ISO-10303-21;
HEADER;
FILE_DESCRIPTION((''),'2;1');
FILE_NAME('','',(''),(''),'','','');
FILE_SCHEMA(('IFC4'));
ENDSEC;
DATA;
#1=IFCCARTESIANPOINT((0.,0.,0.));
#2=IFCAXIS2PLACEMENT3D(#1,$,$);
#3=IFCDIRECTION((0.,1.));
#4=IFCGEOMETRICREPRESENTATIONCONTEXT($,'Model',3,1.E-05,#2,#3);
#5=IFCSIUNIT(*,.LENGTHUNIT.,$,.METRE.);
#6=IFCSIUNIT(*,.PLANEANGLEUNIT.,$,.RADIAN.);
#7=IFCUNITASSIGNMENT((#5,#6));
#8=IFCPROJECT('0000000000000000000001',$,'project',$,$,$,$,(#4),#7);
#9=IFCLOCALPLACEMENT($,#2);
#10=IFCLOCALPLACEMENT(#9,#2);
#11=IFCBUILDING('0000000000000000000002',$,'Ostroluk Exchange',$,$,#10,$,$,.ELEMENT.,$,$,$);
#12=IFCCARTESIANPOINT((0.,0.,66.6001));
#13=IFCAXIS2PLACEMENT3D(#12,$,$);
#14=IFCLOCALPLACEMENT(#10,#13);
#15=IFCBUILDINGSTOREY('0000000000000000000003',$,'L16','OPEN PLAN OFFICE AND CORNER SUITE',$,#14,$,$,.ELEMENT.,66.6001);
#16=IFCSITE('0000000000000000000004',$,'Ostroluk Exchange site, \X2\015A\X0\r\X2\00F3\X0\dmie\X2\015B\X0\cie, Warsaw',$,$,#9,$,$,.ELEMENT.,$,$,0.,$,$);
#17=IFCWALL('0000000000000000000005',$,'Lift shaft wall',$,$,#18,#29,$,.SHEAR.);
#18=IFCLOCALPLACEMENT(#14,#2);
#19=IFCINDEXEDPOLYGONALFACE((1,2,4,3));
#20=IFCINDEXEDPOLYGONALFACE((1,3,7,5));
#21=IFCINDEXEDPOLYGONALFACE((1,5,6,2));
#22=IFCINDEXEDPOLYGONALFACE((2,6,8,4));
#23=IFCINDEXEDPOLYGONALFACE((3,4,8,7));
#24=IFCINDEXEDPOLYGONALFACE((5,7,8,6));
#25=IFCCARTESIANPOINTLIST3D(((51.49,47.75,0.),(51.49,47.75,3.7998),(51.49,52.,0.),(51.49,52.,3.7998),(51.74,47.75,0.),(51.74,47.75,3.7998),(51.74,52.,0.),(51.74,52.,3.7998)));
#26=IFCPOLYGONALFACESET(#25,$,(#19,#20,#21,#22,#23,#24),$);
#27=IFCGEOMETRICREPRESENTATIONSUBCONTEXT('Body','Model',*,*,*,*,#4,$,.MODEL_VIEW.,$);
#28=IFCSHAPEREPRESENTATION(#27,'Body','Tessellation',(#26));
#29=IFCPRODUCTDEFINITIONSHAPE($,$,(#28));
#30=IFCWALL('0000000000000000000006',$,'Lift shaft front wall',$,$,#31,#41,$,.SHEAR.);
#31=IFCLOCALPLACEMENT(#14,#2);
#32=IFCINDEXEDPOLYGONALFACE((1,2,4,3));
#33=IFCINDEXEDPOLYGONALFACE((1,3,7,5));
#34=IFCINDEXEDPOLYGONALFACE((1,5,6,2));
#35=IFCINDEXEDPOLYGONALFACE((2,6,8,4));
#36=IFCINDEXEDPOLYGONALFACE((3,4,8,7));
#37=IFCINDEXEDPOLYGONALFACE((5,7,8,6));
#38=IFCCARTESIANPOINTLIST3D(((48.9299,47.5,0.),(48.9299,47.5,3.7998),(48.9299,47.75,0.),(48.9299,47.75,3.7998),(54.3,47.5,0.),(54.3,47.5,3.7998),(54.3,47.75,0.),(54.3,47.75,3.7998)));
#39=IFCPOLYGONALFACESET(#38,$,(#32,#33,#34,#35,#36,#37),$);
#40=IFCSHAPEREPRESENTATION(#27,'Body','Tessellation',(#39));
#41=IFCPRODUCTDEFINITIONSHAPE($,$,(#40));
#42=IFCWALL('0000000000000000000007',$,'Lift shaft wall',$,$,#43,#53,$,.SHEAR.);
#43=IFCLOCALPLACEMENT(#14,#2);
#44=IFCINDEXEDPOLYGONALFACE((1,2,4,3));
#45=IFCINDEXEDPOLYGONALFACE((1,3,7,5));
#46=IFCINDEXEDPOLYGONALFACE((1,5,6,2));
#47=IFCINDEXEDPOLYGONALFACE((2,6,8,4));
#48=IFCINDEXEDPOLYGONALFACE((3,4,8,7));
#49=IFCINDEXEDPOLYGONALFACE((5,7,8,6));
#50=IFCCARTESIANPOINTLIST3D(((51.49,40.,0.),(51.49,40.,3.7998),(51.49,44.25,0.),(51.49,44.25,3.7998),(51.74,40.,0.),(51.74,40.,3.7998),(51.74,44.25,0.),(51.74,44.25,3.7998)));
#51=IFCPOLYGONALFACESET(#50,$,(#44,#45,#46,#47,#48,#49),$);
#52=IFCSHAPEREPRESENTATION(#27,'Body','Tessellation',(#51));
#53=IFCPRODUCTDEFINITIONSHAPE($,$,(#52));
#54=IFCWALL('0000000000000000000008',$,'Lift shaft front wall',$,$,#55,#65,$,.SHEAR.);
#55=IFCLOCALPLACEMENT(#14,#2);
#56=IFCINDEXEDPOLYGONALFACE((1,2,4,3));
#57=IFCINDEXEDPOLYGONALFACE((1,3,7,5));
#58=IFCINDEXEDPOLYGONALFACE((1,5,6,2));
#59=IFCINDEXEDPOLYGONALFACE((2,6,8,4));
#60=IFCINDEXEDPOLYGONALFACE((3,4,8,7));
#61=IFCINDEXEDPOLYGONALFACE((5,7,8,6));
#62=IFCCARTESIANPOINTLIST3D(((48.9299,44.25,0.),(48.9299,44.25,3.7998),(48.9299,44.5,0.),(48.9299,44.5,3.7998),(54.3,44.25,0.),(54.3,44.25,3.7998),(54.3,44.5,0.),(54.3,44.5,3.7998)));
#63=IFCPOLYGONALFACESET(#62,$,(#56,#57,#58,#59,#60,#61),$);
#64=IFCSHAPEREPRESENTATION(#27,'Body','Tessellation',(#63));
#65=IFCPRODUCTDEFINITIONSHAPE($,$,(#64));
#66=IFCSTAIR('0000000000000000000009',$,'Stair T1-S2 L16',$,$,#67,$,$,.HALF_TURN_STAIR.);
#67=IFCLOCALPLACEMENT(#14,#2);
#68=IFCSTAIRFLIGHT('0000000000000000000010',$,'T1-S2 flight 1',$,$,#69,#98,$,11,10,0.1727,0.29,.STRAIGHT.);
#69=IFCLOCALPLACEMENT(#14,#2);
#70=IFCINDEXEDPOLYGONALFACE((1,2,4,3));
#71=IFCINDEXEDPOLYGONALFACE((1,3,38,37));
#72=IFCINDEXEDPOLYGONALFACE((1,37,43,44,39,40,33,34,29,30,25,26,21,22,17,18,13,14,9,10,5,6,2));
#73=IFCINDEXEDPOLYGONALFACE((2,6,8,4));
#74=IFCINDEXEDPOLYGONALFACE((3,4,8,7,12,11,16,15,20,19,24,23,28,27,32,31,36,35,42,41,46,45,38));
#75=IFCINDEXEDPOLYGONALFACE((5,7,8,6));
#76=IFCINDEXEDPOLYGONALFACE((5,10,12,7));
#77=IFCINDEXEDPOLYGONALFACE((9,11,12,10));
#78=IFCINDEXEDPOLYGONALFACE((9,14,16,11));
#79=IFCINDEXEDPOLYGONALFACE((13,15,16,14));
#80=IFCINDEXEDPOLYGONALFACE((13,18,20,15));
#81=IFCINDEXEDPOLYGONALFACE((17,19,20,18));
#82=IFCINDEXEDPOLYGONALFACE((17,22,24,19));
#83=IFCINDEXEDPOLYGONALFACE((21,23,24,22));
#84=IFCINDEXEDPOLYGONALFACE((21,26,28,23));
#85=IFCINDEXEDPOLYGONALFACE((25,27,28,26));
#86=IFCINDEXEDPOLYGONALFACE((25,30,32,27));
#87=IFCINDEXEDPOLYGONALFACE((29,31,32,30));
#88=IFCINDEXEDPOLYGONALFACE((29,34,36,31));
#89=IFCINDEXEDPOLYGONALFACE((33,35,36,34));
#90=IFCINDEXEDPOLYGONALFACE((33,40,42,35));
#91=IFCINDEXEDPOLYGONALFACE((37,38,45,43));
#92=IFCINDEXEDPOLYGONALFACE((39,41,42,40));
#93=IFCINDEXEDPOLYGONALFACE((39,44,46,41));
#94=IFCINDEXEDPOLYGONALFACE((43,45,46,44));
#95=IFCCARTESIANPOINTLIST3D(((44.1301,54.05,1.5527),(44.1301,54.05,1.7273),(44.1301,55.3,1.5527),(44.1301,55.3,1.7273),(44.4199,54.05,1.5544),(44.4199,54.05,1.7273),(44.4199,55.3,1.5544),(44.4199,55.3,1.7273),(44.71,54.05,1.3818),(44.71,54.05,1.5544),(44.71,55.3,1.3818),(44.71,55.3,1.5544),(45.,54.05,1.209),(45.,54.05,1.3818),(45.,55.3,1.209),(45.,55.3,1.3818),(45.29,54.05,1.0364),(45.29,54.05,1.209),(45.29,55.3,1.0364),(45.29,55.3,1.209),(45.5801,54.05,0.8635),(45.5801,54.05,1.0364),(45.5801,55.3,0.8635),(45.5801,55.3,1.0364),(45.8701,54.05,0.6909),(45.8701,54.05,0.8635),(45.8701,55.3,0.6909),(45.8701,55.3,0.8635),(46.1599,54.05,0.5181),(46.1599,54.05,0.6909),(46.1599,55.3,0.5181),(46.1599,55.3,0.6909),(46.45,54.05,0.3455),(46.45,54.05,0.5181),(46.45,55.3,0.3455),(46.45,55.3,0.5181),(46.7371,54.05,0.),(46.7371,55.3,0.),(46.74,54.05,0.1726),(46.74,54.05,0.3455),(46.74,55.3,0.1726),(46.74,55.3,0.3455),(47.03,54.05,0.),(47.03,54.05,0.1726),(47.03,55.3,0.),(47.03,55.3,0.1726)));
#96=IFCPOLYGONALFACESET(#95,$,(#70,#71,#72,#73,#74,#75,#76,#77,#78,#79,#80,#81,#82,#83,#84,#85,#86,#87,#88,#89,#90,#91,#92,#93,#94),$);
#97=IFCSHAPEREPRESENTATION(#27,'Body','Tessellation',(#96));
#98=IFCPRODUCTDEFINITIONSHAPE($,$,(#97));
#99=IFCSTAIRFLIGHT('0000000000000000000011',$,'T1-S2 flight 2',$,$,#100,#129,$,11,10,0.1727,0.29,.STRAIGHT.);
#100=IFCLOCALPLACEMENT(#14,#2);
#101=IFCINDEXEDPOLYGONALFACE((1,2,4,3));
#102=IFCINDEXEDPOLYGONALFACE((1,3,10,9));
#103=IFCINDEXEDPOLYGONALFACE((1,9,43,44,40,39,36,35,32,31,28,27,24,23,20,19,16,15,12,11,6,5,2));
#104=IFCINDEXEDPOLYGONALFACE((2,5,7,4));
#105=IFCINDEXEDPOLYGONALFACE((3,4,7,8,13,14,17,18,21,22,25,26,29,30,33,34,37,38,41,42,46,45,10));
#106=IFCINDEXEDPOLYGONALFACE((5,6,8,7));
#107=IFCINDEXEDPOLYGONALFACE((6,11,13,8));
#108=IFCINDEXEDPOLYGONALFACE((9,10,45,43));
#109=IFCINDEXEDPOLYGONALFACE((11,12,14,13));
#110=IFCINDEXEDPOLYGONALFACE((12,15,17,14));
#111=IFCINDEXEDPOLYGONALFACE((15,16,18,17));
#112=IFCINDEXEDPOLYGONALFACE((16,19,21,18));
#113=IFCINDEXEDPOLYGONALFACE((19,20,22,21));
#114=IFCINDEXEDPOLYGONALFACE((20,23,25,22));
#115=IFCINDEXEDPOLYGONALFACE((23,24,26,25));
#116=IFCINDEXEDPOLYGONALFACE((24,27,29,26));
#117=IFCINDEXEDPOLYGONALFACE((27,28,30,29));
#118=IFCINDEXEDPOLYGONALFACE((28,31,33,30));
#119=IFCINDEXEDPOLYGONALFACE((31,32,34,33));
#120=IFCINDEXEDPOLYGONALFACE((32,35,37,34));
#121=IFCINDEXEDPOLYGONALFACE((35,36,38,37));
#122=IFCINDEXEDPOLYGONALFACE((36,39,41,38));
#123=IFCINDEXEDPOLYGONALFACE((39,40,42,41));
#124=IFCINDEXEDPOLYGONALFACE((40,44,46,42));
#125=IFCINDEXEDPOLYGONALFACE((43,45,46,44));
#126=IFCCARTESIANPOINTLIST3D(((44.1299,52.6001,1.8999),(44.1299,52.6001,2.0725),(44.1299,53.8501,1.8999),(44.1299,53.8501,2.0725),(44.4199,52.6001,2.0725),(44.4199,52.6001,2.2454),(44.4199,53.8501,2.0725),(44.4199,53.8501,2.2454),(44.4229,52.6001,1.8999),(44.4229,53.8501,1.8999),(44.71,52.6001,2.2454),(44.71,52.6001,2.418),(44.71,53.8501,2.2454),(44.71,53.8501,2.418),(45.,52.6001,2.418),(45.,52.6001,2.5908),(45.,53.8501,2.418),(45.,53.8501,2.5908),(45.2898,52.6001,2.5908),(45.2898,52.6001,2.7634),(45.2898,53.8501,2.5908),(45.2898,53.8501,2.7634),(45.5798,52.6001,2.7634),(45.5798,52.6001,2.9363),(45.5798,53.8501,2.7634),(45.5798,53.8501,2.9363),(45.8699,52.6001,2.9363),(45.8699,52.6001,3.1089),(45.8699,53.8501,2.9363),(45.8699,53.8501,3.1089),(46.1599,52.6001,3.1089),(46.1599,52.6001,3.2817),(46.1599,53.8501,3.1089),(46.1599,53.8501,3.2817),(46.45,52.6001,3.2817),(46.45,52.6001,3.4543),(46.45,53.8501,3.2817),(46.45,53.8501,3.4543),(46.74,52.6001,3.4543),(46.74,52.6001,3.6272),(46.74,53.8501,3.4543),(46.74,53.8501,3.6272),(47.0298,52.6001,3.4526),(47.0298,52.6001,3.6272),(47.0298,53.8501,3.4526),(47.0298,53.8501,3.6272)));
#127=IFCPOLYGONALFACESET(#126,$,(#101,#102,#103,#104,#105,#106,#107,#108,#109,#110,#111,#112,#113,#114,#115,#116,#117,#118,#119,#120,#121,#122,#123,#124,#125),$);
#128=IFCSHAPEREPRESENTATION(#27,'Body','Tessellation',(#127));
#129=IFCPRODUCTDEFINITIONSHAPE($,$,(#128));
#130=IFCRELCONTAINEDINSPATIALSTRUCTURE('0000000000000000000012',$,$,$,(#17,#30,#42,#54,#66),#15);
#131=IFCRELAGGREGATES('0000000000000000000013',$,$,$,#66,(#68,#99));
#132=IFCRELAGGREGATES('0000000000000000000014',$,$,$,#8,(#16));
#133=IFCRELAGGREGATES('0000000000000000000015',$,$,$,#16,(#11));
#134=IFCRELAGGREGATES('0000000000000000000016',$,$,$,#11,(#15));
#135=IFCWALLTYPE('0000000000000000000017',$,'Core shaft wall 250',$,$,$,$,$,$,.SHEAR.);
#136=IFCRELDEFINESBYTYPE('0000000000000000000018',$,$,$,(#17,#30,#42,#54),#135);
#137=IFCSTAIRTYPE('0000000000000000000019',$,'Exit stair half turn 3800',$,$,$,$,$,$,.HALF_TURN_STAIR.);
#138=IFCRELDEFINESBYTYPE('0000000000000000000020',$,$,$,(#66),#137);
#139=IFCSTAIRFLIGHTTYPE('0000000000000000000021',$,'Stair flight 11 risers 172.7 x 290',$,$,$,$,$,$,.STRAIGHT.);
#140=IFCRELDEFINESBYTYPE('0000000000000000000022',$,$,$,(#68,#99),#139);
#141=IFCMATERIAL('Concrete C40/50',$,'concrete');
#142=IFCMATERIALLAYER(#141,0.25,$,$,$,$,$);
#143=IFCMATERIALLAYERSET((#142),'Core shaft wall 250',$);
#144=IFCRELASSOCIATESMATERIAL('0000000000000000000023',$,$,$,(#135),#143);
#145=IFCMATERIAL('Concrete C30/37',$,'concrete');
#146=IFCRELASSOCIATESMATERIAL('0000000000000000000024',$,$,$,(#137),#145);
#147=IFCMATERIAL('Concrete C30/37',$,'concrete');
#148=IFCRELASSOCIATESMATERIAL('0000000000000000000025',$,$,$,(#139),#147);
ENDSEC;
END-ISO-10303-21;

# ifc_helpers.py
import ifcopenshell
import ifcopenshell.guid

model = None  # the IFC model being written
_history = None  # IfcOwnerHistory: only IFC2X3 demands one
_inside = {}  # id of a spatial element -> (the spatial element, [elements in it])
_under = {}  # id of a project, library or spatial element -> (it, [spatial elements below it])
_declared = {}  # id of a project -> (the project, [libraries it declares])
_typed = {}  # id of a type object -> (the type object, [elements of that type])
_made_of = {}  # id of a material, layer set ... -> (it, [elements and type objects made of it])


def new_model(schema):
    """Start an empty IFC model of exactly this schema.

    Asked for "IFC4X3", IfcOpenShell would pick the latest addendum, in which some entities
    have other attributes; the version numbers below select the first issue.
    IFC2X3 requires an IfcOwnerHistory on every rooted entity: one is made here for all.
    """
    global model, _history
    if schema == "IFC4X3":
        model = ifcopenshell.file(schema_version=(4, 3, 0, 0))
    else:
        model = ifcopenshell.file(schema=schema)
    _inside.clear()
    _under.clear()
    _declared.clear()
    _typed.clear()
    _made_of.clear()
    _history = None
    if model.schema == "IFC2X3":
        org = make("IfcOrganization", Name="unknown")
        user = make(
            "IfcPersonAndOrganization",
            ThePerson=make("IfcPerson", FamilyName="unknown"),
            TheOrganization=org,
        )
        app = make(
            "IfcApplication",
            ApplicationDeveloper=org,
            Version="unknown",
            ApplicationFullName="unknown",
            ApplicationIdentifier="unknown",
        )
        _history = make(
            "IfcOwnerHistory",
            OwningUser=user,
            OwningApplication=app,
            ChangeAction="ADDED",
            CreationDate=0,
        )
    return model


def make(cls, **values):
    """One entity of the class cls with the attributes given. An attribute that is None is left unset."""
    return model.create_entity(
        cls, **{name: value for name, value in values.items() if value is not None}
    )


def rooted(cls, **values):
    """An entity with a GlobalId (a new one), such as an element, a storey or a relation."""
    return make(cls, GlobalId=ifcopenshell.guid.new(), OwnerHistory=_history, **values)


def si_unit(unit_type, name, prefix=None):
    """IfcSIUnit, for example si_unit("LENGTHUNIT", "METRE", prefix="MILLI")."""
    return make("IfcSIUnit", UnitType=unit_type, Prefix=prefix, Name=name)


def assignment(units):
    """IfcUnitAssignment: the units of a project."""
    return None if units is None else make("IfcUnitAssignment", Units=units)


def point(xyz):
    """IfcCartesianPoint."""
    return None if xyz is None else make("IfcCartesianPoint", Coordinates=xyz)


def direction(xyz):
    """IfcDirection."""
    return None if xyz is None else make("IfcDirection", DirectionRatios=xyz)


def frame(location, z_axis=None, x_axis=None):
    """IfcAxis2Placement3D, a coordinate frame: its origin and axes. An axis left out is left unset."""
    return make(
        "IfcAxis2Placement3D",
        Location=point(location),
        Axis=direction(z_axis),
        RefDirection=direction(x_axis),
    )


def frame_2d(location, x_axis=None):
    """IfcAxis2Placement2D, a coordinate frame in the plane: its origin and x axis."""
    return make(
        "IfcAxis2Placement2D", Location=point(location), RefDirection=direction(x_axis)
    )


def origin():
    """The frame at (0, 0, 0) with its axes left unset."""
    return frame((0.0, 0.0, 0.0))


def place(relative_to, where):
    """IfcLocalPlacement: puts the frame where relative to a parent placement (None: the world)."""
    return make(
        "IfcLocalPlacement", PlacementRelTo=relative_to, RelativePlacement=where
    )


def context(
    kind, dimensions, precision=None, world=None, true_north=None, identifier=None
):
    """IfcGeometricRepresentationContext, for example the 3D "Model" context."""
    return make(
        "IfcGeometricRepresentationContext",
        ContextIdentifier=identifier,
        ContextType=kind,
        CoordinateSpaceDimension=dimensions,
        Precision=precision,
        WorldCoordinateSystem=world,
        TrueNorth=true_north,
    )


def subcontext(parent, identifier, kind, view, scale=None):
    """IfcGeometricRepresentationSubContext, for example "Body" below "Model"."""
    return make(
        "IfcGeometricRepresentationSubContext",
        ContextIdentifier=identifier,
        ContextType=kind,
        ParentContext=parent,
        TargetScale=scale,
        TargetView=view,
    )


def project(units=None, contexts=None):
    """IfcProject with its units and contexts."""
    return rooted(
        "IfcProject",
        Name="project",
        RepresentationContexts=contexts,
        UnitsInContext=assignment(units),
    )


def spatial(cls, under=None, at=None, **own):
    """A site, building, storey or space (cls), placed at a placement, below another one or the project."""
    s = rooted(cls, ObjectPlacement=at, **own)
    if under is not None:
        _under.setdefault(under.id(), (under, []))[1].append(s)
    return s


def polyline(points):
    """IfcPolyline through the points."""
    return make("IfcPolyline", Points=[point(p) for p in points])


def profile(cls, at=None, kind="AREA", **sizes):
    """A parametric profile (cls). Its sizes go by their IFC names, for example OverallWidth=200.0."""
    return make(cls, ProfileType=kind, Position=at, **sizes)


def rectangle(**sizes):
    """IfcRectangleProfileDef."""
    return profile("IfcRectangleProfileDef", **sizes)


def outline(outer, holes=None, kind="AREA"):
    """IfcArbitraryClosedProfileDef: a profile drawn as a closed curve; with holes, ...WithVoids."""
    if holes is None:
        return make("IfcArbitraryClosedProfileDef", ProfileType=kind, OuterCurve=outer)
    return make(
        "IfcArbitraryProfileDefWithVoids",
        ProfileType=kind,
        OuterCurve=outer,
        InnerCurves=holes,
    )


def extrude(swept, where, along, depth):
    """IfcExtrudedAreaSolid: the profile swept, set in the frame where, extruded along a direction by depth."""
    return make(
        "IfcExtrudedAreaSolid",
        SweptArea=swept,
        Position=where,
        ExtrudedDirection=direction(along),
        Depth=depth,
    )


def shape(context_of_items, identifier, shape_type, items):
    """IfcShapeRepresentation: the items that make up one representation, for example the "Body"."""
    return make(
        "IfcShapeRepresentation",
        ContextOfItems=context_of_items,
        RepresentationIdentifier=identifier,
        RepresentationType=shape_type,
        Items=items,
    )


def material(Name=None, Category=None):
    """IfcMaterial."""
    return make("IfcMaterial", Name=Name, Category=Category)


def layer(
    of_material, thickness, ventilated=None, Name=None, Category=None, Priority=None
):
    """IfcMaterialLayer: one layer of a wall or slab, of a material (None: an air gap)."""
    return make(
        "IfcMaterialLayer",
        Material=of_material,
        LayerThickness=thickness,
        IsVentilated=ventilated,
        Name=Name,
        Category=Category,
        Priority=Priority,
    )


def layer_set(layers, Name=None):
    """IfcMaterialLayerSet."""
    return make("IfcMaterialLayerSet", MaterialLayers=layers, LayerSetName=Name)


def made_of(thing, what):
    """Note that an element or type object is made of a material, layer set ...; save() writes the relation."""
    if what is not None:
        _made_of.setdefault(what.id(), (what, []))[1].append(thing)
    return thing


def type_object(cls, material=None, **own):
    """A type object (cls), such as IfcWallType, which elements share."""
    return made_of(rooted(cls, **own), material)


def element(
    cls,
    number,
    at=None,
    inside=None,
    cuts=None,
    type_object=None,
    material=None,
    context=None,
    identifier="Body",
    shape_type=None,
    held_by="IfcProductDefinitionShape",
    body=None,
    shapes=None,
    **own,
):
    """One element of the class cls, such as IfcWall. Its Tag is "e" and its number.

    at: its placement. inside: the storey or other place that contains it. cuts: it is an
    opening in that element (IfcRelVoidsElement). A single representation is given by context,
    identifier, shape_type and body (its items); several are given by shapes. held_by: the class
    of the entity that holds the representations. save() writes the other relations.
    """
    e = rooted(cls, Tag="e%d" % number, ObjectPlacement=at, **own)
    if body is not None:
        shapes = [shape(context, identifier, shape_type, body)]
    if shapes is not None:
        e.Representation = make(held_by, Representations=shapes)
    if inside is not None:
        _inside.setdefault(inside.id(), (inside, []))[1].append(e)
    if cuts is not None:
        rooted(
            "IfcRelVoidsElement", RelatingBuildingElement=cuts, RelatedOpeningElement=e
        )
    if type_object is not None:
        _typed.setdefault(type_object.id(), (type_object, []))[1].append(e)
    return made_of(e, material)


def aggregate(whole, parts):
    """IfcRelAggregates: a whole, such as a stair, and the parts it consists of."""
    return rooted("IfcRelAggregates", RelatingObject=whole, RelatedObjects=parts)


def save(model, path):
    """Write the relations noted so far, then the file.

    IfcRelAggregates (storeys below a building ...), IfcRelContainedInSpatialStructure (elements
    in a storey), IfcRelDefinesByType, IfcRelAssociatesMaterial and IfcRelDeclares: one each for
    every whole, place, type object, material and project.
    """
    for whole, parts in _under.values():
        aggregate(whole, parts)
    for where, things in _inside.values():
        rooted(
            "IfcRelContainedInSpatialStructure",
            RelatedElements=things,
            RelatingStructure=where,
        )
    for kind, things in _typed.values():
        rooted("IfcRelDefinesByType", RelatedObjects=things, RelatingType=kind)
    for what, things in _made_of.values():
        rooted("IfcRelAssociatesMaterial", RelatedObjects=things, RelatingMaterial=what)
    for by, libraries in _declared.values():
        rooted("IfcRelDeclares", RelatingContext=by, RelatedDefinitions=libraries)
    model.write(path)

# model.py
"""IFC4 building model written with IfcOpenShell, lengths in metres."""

from ifc_helpers import new_model, si_unit, direction, frame, frame_2d, origin, place, context, subcontext, project, spatial, polyline, rectangle, outline, extrude, material, layer, layer_set, type_object, element, aggregate, save


model = new_model("IFC4")

# Units and contexts
model_context = context("Model", 3, precision=1e-05, world=origin(), true_north=direction((0.0, 1.0)))
body_context = subcontext(model_context, "Body", "Model", "MODEL_VIEW")
ifc_project = project(units=[si_unit("LENGTHUNIT", "METRE"), si_unit("PLANEANGLEUNIT", "RADIAN")], contexts=[model_context])

# Site, building, storey
site_placement = place(None, origin())
site = spatial("IfcSite", under=ifc_project, at=site_placement, Name="Ostroluk Exchange site, Śródmieście, Warsaw", CompositionType="ELEMENT", RefElevation=0.0)
building_placement = place(site_placement, origin())
building = spatial("IfcBuilding", under=site, at=building_placement, Name="Ostroluk Exchange", CompositionType="ELEMENT")
storey_placement = place(building_placement, frame((0.0, 0.0, 66.6001)))
storey = spatial("IfcBuildingStorey", under=building, at=storey_placement, Name="L16", Description="OPEN PLAN OFFICE AND CORNER SUITE", CompositionType="ELEMENT", Elevation=66.6001)

# Shared definitions
ifc_material_1 = material(Name="Concrete C40/50", Category="concrete")
ifc_layer_1 = layer(ifc_material_1, 0.25)
ifc_layer_set_1 = layer_set([ifc_layer_1], Name="Core shaft wall 250")
wall_type_1 = type_object("IfcWallType", Name="Core shaft wall 250", PredefinedType="SHEAR", material=ifc_layer_set_1)

# Walls
wall_1_placement = place(storey_placement, frame((51.615, 47.75, 0.0), z_axis=(0.0, 0.0, 1.0), x_axis=(0.0, 1.0, 0.0)))
element("IfcWall", 1, at=wall_1_placement, inside=storey, type_object=wall_type_1, Name="Lift shaft wall", PredefinedType="SHEAR", context=body_context, shape_type="SweptSolid", body=[
    extrude(rectangle(XDim=4.25, YDim=0.25, at=frame_2d((2.125, 0.0))), origin(), (0.0, 0.0, 1.0), 3.7998),
])
wall_2_placement = place(storey_placement, frame((48.9299, 47.625, 0.0), z_axis=(0.0, 0.0, 1.0), x_axis=(1.0, 0.0, 0.0)))
element("IfcWall", 2, at=wall_2_placement, inside=storey, type_object=wall_type_1, Name="Lift shaft front wall", PredefinedType="SHEAR", context=body_context, shape_type="SweptSolid", body=[
    extrude(rectangle(XDim=5.3701, YDim=0.25, at=frame_2d((2.6851, 0.0))), origin(), (0.0, 0.0, 1.0), 3.7998),
])
wall_3_placement = place(storey_placement, frame((51.615, 44.25, 0.0), z_axis=(0.0, 0.0, 1.0), x_axis=(0.0, -1.0, 0.0)))
element("IfcWall", 3, at=wall_3_placement, inside=storey, type_object=wall_type_1, Name="Lift shaft wall", PredefinedType="SHEAR", context=body_context, shape_type="SweptSolid", body=[
    extrude(rectangle(XDim=4.25, YDim=0.25, at=frame_2d((2.125, 0.0))), origin(), (0.0, 0.0, 1.0), 3.7998),
])
wall_4_placement = place(storey_placement, frame((48.9299, 44.375, 0.0), z_axis=(0.0, 0.0, 1.0), x_axis=(1.0, 0.0, 0.0)))
element("IfcWall", 4, at=wall_4_placement, inside=storey, type_object=wall_type_1, Name="Lift shaft front wall", PredefinedType="SHEAR", context=body_context, shape_type="SweptSolid", body=[
    extrude(rectangle(XDim=5.3701, YDim=0.25, at=frame_2d((2.6851, 0.0))), origin(), (0.0, 0.0, 1.0), 3.7998),
])

# Stair, stair flights
ifc_material_2 = material(Name="Concrete C30/37", Category="concrete")
stair_type = type_object("IfcStairType", Name="Exit stair half turn 3800", PredefinedType="HALF_TURN_STAIR", material=ifc_material_2)
stair_placement = place(storey_placement, origin())
stair = element("IfcStair", 5, at=stair_placement, inside=storey, type_object=stair_type, Name="Stair T1-S2 L16", PredefinedType="HALF_TURN_STAIR")
ifc_material_3 = material(Name="Concrete C30/37", Category="concrete")
stair_flight_type = type_object("IfcStairFlightType", Name="Stair flight 11 risers 172.7 x 290", PredefinedType="STRAIGHT", material=ifc_material_3)
stair_flight_1_placement = place(storey_placement, frame((47.03, 54.675, 0.0), z_axis=(0.0, 0.0, 1.0), x_axis=(-1.0, 0.0, 0.0)))
stair_flight_1 = element("IfcStairFlight", 6, at=stair_flight_1_placement, type_object=stair_flight_type, Name="T1-S2 flight 1", NumberOfRisers=11, NumberOfTreads=10, PredefinedType="STRAIGHT", RiserHeight=0.1727, TreadLength=0.29, context=body_context, shape_type="SweptSolid", body=[
    extrude(outline(polyline([(0.0, 0.0), (0.0, 0.1726), (0.29, 0.1726), (0.29, 0.3455), (0.5801, 0.3455), (0.5801, 0.5181), (0.8701, 0.5181), (0.8701, 0.6909), (1.1599, 0.6909), (1.1599, 0.8635), (1.45, 0.8635), (1.45, 1.0364), (1.74, 1.0364), (1.74, 1.209), (2.03, 1.209), (2.03, 1.3818), (2.3201, 1.3818), (2.3201, 1.5544), (2.6101, 1.5544), (2.6101, 1.7273), (2.8999, 1.7273), (2.8999, 1.8999), (2.8999, 1.5527), (0.293, 0.0), (0.0, 0.0)])), frame((0.0, 0.625, 0.0), z_axis=(0.0, -1.0, 0.0), x_axis=(1.0, 0.0, 0.0)), (0.0, 0.0, 1.0), 1.25),
])
stair_flight_2_placement = place(storey_placement, frame((44.1299, 53.2251, 1.8999), z_axis=(0.0, 0.0, 1.0), x_axis=(1.0, 0.0, 0.0)))
stair_flight_2 = element("IfcStairFlight", 7, at=stair_flight_2_placement, type_object=stair_flight_type, Name="T1-S2 flight 2", NumberOfRisers=11, NumberOfTreads=10, PredefinedType="STRAIGHT", RiserHeight=0.1727, TreadLength=0.29, context=body_context, shape_type="SweptSolid", body=[
    extrude(outline(polyline([(0.0, 0.0), (0.0, 0.1726), (0.29, 0.1726), (0.29, 0.3455), (0.5801, 0.3455), (0.5801, 0.5181), (0.8701, 0.5181), (0.8701, 0.6909), (1.1599, 0.6909), (1.1599, 0.8635), (1.45, 0.8635), (1.45, 1.0364), (1.74, 1.0364), (1.74, 1.209), (2.03, 1.209), (2.03, 1.3818), (2.3201, 1.3818), (2.3201, 1.5544), (2.6101, 1.5544), (2.6101, 1.7273), (2.8999, 1.7273), (2.8999, 1.8999), (2.8999, 1.5527), (0.293, 0.0), (0.0, 0.0)])), frame((0.0, 0.625, 0.0), z_axis=(0.0, -1.0, 0.0), x_axis=(1.0, 0.0, 0.0)), (0.0, 0.0, 1.0), 1.25),
])
aggregate(stair, [stair_flight_1, stair_flight_2])

save(model, "model.ifc")
